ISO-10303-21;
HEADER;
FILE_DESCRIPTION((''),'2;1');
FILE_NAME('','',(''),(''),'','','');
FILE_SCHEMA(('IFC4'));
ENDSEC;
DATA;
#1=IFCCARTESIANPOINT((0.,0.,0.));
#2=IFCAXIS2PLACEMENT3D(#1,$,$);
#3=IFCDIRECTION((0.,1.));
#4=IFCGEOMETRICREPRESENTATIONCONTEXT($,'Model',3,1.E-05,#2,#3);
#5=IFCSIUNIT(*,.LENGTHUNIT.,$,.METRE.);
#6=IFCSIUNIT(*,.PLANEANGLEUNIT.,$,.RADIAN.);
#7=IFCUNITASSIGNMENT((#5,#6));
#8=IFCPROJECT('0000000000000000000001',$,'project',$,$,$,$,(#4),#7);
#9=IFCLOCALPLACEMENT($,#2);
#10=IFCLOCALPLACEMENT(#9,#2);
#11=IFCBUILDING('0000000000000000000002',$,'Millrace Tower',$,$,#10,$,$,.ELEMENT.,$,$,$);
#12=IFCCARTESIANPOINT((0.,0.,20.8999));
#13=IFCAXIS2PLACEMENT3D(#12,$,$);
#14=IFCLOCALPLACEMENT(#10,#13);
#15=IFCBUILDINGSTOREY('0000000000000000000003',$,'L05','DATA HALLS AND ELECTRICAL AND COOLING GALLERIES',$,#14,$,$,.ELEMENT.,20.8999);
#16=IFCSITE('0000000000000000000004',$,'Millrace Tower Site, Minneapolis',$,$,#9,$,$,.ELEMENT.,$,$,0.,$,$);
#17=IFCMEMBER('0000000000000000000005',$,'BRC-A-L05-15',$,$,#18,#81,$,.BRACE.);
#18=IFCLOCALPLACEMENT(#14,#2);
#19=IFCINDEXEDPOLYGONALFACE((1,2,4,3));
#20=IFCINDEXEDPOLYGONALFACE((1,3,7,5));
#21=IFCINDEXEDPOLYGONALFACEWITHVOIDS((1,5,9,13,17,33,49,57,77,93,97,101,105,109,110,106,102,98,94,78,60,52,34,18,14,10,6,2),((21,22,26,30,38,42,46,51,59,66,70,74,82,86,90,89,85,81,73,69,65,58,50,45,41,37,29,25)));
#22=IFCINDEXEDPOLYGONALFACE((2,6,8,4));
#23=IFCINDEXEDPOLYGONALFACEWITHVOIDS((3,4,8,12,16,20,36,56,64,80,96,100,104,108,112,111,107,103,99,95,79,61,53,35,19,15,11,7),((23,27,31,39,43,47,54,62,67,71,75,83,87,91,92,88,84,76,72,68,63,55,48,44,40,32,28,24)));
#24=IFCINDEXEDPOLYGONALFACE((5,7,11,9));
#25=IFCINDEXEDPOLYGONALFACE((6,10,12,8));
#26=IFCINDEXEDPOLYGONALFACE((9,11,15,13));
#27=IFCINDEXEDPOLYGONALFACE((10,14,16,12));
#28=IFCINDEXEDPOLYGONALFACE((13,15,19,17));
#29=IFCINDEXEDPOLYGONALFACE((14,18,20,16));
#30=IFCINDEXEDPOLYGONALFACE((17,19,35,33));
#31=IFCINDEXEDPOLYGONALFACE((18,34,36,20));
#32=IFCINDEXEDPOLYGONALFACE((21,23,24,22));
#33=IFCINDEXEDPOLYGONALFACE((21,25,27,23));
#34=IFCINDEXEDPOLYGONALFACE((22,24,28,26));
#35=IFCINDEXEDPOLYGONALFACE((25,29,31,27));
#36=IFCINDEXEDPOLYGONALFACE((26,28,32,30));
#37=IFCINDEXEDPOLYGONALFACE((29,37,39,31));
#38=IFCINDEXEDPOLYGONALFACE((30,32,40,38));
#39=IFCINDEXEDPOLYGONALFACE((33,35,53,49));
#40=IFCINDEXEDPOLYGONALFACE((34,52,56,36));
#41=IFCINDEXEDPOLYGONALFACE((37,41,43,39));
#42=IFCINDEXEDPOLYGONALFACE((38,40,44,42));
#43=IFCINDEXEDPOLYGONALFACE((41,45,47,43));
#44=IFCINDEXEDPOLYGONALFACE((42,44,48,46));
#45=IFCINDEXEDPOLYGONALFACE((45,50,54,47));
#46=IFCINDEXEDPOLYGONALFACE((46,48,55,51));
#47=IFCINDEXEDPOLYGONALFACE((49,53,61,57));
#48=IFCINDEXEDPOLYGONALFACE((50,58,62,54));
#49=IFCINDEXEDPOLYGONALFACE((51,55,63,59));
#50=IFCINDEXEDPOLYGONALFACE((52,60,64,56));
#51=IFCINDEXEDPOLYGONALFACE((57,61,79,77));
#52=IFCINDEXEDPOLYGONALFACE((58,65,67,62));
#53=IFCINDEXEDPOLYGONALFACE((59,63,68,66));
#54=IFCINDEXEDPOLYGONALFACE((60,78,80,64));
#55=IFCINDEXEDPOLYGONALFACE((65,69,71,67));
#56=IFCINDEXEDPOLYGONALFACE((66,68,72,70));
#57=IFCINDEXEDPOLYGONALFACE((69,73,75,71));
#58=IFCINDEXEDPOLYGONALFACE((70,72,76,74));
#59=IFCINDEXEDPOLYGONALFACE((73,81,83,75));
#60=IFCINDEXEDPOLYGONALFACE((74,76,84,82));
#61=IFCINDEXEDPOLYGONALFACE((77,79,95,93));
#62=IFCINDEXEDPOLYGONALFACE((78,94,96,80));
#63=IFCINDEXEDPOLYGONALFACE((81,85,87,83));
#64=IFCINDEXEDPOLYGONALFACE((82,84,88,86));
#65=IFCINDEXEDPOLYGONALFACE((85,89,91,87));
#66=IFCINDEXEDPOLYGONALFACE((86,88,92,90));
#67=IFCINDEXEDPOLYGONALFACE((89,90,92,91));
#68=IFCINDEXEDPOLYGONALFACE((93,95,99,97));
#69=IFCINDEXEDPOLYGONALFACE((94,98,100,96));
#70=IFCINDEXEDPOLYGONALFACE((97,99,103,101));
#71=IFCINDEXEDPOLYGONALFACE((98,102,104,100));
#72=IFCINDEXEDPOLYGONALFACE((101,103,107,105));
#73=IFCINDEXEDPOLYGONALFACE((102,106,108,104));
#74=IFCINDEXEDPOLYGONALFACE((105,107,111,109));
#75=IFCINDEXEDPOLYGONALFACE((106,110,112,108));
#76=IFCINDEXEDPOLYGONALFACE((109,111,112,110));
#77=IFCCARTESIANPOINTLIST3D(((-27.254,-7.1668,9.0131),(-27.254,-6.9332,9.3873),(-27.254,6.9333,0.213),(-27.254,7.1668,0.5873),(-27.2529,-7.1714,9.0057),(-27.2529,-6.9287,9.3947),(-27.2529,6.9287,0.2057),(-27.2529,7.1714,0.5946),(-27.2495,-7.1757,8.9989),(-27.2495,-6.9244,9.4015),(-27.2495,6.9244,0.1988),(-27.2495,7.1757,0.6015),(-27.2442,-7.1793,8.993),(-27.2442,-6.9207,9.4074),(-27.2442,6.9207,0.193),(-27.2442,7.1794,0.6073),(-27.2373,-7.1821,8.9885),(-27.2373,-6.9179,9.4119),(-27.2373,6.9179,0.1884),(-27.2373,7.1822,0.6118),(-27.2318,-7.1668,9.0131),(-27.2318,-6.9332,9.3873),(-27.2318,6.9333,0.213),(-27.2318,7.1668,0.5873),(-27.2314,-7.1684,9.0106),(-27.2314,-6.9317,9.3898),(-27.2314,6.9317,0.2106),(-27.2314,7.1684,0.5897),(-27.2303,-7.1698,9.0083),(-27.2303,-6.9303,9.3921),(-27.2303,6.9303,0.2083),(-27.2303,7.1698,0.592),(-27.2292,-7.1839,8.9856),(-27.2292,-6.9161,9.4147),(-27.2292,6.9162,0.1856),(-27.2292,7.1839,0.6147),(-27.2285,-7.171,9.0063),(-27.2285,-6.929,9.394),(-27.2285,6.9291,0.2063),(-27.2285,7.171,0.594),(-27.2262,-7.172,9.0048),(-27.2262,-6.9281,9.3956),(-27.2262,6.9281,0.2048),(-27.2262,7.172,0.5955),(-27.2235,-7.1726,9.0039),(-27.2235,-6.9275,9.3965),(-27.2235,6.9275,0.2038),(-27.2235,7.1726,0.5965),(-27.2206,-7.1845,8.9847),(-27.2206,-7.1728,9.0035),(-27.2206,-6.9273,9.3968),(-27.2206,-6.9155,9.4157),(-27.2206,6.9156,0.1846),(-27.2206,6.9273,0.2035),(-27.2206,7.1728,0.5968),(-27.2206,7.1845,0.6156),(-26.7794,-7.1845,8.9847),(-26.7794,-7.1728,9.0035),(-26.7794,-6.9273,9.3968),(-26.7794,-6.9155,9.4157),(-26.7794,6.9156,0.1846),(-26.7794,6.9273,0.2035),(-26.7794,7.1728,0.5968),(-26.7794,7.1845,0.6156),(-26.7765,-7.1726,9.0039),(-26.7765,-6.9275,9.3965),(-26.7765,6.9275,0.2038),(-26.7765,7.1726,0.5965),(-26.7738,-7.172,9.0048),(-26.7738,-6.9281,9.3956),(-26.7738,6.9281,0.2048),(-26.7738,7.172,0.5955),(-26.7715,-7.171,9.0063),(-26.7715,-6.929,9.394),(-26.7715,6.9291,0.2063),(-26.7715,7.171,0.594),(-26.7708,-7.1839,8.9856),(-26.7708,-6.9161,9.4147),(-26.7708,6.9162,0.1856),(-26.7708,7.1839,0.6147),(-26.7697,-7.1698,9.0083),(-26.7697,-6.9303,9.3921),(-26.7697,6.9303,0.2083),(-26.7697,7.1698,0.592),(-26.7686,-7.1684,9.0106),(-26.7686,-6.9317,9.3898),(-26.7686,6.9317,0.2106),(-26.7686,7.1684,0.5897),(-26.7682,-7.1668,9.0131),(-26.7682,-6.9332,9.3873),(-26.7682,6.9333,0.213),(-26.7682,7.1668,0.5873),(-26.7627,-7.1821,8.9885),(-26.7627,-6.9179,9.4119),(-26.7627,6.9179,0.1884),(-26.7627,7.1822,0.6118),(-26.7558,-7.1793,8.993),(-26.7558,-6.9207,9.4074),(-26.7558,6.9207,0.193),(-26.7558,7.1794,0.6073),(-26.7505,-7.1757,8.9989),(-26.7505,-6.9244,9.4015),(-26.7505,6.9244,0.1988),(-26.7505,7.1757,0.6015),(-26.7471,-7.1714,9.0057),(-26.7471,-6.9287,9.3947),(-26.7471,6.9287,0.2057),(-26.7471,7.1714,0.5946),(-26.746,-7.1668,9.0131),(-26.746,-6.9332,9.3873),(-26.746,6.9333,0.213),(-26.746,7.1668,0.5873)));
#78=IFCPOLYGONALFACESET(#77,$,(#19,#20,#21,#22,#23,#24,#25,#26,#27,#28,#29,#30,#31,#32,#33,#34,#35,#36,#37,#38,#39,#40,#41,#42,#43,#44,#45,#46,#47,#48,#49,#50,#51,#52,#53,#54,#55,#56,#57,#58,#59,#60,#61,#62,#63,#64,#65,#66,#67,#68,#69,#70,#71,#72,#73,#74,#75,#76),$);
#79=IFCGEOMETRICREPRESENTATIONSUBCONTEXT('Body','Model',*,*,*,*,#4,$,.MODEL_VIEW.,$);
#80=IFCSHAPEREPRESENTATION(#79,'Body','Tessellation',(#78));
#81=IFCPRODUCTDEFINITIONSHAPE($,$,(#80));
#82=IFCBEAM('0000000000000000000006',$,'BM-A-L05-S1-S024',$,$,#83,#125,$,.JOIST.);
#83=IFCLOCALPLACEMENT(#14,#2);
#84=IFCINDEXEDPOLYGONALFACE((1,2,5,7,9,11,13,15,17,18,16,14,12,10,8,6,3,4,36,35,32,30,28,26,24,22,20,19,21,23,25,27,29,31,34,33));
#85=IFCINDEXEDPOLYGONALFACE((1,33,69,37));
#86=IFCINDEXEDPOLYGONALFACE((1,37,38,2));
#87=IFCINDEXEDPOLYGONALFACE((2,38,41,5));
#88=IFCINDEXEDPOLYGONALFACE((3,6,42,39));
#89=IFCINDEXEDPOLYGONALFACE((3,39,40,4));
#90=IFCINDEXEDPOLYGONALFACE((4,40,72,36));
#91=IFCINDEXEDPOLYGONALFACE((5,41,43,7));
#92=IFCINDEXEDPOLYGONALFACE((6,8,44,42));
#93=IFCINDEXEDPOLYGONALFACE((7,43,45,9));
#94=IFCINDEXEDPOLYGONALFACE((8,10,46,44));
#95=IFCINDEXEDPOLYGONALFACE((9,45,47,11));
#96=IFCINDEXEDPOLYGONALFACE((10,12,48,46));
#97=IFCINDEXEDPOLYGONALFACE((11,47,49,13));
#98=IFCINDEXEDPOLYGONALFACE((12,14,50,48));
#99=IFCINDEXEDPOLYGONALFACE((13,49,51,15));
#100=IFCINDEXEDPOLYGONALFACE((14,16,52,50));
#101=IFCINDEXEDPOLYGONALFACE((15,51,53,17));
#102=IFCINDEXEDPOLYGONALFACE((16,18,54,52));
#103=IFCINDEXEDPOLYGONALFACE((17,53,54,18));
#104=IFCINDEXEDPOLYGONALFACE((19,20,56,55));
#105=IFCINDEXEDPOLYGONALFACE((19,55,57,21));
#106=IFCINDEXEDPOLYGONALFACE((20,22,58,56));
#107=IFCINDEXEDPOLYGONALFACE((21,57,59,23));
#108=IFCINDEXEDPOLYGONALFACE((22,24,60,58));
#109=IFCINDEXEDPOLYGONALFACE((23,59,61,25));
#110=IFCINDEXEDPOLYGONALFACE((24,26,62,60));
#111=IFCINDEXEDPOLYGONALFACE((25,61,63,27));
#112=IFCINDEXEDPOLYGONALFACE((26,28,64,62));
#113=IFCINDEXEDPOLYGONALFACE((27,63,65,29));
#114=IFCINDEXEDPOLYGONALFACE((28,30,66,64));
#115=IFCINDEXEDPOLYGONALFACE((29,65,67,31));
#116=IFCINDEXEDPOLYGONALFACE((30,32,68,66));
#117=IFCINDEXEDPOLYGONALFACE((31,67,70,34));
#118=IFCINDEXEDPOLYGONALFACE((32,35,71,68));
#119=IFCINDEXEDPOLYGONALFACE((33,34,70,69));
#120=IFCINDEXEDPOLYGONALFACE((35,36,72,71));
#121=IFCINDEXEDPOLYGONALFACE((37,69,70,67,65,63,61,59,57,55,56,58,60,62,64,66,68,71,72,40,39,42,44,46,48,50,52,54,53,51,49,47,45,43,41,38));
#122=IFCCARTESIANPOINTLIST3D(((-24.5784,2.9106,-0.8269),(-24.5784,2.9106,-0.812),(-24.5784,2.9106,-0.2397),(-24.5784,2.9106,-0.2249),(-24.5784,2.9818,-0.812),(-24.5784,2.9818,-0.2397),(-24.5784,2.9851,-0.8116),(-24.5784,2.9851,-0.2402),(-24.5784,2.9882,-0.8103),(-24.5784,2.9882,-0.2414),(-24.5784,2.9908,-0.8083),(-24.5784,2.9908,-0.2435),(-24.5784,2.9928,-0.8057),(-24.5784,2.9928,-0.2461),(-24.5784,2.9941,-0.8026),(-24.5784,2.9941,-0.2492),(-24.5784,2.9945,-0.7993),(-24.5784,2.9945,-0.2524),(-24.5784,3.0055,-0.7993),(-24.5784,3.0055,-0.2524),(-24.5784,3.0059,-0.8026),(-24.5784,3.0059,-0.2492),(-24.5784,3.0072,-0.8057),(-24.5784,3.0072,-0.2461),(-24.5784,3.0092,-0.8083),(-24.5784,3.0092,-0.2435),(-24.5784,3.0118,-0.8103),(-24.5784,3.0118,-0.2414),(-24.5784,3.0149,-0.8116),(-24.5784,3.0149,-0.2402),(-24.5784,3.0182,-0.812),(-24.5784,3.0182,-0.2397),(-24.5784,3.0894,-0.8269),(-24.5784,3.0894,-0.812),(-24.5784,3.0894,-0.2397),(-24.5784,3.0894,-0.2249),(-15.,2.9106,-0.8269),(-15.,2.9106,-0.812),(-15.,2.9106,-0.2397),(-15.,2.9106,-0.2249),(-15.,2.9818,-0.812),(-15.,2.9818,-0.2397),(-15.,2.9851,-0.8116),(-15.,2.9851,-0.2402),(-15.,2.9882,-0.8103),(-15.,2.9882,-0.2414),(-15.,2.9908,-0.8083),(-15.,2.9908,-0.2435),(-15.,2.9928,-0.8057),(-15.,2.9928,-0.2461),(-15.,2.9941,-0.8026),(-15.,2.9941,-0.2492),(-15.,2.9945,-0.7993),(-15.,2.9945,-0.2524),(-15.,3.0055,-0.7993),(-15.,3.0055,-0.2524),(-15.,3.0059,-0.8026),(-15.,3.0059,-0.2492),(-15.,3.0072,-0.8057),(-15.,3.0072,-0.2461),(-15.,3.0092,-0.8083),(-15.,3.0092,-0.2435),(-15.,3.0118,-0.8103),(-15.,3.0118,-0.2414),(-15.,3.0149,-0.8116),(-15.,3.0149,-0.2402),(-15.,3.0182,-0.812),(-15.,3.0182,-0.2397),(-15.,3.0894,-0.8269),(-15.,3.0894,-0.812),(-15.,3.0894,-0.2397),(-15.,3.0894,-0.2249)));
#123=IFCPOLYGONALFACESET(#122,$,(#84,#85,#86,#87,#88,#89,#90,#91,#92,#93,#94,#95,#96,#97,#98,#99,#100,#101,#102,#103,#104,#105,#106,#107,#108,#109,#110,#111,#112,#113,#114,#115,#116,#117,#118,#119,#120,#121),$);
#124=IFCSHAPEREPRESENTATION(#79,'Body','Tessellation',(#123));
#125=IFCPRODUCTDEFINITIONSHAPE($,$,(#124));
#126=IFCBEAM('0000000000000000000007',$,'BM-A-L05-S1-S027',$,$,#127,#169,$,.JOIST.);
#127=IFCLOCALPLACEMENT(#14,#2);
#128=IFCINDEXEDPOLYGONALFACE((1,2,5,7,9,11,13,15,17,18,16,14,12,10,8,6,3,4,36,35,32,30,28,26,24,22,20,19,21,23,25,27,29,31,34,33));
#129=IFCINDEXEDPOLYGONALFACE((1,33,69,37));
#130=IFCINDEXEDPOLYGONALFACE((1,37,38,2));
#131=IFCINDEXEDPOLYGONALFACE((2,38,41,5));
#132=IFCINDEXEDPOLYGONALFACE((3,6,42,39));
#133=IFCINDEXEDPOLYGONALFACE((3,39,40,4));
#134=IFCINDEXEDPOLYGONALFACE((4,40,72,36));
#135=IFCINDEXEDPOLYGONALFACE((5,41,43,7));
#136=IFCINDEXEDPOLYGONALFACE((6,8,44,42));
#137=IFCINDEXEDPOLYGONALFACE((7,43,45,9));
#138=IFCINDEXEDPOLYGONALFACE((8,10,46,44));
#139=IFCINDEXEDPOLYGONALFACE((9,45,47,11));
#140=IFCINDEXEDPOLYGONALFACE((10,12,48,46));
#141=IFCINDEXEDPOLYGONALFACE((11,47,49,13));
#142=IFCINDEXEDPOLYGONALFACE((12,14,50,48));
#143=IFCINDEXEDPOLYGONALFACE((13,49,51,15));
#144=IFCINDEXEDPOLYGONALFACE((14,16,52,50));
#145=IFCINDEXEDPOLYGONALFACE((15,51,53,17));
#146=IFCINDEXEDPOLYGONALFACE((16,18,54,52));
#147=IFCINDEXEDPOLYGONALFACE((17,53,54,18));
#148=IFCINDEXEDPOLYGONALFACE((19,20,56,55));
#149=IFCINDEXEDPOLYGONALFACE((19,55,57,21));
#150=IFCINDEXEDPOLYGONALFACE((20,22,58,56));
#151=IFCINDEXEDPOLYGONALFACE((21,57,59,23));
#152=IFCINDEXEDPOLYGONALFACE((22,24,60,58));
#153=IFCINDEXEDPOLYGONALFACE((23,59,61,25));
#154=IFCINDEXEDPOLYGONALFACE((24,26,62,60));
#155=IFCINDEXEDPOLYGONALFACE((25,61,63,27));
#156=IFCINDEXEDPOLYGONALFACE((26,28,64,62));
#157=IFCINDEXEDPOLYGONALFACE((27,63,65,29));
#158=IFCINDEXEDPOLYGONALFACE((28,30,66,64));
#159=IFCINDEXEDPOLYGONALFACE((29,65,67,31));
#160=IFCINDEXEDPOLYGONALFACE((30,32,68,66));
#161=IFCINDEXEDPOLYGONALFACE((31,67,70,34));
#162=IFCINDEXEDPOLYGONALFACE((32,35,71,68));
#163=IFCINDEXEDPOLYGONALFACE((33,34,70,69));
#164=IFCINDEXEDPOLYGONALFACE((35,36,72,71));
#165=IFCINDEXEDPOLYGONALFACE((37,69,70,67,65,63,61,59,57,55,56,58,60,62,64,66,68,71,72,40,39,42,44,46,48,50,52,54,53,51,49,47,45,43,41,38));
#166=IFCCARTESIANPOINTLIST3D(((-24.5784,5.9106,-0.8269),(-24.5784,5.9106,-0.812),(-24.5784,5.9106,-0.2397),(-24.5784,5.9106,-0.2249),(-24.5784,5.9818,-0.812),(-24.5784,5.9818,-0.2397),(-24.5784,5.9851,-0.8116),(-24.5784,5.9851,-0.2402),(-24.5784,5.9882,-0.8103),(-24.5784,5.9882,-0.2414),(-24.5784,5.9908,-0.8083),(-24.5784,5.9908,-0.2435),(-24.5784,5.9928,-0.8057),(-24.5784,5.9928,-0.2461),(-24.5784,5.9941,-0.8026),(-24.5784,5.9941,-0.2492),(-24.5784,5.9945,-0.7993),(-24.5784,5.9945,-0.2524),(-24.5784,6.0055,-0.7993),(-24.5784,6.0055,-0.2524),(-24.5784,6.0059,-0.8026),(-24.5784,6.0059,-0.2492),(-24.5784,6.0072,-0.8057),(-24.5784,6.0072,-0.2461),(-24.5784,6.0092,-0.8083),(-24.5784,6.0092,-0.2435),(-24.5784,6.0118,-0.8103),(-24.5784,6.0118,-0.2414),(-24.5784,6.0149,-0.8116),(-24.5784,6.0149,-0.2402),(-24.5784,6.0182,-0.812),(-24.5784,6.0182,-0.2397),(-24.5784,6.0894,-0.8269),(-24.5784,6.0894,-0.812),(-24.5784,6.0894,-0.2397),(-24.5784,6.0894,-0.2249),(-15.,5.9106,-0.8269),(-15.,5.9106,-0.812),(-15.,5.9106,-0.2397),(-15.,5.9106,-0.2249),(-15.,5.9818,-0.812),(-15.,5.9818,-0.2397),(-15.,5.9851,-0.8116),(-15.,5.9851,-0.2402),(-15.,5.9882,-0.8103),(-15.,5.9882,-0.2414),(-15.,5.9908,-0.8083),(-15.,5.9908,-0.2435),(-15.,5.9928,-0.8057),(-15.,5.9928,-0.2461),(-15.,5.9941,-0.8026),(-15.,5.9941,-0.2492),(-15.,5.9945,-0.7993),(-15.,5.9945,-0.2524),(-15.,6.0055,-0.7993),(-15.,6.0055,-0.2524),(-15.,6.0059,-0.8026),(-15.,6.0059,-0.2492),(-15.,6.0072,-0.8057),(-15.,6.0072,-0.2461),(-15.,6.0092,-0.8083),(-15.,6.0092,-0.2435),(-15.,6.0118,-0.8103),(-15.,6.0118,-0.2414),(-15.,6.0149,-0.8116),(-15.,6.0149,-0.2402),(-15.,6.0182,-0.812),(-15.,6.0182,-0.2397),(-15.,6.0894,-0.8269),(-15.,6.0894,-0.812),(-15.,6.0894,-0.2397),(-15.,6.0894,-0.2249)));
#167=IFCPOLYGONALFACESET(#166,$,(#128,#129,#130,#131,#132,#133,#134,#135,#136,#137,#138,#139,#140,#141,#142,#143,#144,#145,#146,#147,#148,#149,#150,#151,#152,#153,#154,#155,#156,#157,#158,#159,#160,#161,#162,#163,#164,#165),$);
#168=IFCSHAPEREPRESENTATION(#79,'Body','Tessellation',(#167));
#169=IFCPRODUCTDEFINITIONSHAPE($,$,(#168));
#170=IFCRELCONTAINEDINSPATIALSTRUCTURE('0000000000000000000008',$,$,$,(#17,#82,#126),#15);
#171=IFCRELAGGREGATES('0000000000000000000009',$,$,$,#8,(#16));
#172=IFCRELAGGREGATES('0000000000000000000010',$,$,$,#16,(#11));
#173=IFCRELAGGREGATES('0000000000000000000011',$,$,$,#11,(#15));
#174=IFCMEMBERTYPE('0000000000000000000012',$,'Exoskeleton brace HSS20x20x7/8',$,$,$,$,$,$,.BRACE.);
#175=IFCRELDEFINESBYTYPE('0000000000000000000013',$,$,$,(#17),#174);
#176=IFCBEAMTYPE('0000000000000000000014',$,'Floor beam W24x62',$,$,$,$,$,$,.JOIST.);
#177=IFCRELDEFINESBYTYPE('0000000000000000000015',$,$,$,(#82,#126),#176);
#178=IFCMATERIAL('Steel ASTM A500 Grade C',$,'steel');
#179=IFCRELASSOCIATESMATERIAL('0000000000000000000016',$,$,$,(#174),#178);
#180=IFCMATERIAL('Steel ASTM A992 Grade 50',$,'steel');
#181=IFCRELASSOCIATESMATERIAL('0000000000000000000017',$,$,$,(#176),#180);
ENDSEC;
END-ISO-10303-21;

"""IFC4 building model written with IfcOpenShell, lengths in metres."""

from ifc_helpers import new_model, si_unit, direction, frame, origin, origin_2d, place, context, subcontext, project, spatial, hollow_rectangle, i_section, extrude, material, material_profile, profile_set, type_object, element, save


model = new_model("IFC4")

# Units and contexts
model_context = context("Model", 3, precision=1e-05, world=origin(), true_north=direction((0.0, 1.0)))
body_context = subcontext(model_context, "Body", "Model", "MODEL_VIEW")
ifc_project = project(units=[si_unit("LENGTHUNIT", "METRE"), si_unit("PLANEANGLEUNIT", "RADIAN")], contexts=[model_context])

# Site, building, storey
site_placement = place(None, origin())
site = spatial("IfcSite", under=ifc_project, at=site_placement, Name="Millrace Tower Site, Minneapolis", CompositionType="ELEMENT", RefElevation=0.0)
building_placement = place(site_placement, origin())
building = spatial("IfcBuilding", under=site, at=building_placement, Name="Millrace Tower", CompositionType="ELEMENT")
storey_placement = place(building_placement, frame((0.0, 0.0, 20.8999)))
storey = spatial("IfcBuildingStorey", under=building, at=storey_placement, Name="L05", Description="DATA HALLS AND ELECTRICAL AND COOLING GALLERIES", CompositionType="ELEMENT", Elevation=20.8999)

# Member
ifc_material_1 = material(Name="Steel ASTM A500 Grade C", Category="steel")
ifc_material_profile_1 = material_profile(ifc_material_1, hollow_rectangle(XDim=0.5081, YDim=0.5081, WallThickness=0.0222, InnerFilletRadius=0.0112, OuterFilletRadius=0.0334, at=origin_2d()))
ifc_profile_set_1 = profile_set([ifc_material_profile_1], Name="Steel ASTM A500 Grade C")
member_type_1 = type_object("IfcMemberType", Name="Exoskeleton brace HSS20x20x7/8", PredefinedType="BRACE", material=ifc_profile_set_1)
member_1_placement = place(storey_placement, frame((-27.0, 7.05, 0.4001), z_axis=(0.0, -0.848336, 0.529457), x_axis=(1.0, 0.0, 0.0)))
element("IfcMember", 1, at=member_1_placement, inside=storey, type_object=member_type_1, Name="BRC-A-L05-15", PredefinedType="BRACE", context=body_context, shape_type="SweptSolid", body=[
    extrude(hollow_rectangle(XDim=0.5081, YDim=0.5081, WallThickness=0.0222, InnerFilletRadius=0.0112, OuterFilletRadius=0.0334, at=origin_2d()), origin(), (0.0, 0.0, 1.0), 16.6208),
])

# Beams
ifc_material_2 = material(Name="Steel ASTM A992 Grade 50", Category="steel")
ifc_material_profile_2 = material_profile(ifc_material_2, i_section(OverallWidth=0.1787, OverallDepth=0.6021, WebThickness=0.011, FlangeThickness=0.0149, FilletRadius=0.0127, at=origin_2d()))
ifc_profile_set_2 = profile_set([ifc_material_profile_2], Name="Steel ASTM A992 Grade 50")
beam_type_1 = type_object("IfcBeamType", Name="Floor beam W24x62", PredefinedType="JOIST", material=ifc_profile_set_2)
for number, where, z_axis, x_axis, name in (
    (2, (-24.5784, 3.0, -0.5259), (1.0, 0.0, 0.0), (0.0, 1.0, 0.0), "BM-A-L05-S1-S024"),
    (3, (-24.5784, 6.0, -0.5259), (1.0, 0.0, 0.0), (0.0, 1.0, 0.0), "BM-A-L05-S1-S027"),
):
    element("IfcBeam", number, at=place(storey_placement, frame(where, z_axis=z_axis, x_axis=x_axis)), inside=storey, type_object=beam_type_1, Name=name, PredefinedType="JOIST", context=body_context, shape_type="SweptSolid", body=[
        extrude(i_section(OverallWidth=0.1787, OverallDepth=0.6021, WebThickness=0.011, FlangeThickness=0.0149, FilletRadius=0.0127, at=origin_2d()), origin(), (0.0, 0.0, 1.0), 9.5784),
    ])

save(model, "model.ifc")
